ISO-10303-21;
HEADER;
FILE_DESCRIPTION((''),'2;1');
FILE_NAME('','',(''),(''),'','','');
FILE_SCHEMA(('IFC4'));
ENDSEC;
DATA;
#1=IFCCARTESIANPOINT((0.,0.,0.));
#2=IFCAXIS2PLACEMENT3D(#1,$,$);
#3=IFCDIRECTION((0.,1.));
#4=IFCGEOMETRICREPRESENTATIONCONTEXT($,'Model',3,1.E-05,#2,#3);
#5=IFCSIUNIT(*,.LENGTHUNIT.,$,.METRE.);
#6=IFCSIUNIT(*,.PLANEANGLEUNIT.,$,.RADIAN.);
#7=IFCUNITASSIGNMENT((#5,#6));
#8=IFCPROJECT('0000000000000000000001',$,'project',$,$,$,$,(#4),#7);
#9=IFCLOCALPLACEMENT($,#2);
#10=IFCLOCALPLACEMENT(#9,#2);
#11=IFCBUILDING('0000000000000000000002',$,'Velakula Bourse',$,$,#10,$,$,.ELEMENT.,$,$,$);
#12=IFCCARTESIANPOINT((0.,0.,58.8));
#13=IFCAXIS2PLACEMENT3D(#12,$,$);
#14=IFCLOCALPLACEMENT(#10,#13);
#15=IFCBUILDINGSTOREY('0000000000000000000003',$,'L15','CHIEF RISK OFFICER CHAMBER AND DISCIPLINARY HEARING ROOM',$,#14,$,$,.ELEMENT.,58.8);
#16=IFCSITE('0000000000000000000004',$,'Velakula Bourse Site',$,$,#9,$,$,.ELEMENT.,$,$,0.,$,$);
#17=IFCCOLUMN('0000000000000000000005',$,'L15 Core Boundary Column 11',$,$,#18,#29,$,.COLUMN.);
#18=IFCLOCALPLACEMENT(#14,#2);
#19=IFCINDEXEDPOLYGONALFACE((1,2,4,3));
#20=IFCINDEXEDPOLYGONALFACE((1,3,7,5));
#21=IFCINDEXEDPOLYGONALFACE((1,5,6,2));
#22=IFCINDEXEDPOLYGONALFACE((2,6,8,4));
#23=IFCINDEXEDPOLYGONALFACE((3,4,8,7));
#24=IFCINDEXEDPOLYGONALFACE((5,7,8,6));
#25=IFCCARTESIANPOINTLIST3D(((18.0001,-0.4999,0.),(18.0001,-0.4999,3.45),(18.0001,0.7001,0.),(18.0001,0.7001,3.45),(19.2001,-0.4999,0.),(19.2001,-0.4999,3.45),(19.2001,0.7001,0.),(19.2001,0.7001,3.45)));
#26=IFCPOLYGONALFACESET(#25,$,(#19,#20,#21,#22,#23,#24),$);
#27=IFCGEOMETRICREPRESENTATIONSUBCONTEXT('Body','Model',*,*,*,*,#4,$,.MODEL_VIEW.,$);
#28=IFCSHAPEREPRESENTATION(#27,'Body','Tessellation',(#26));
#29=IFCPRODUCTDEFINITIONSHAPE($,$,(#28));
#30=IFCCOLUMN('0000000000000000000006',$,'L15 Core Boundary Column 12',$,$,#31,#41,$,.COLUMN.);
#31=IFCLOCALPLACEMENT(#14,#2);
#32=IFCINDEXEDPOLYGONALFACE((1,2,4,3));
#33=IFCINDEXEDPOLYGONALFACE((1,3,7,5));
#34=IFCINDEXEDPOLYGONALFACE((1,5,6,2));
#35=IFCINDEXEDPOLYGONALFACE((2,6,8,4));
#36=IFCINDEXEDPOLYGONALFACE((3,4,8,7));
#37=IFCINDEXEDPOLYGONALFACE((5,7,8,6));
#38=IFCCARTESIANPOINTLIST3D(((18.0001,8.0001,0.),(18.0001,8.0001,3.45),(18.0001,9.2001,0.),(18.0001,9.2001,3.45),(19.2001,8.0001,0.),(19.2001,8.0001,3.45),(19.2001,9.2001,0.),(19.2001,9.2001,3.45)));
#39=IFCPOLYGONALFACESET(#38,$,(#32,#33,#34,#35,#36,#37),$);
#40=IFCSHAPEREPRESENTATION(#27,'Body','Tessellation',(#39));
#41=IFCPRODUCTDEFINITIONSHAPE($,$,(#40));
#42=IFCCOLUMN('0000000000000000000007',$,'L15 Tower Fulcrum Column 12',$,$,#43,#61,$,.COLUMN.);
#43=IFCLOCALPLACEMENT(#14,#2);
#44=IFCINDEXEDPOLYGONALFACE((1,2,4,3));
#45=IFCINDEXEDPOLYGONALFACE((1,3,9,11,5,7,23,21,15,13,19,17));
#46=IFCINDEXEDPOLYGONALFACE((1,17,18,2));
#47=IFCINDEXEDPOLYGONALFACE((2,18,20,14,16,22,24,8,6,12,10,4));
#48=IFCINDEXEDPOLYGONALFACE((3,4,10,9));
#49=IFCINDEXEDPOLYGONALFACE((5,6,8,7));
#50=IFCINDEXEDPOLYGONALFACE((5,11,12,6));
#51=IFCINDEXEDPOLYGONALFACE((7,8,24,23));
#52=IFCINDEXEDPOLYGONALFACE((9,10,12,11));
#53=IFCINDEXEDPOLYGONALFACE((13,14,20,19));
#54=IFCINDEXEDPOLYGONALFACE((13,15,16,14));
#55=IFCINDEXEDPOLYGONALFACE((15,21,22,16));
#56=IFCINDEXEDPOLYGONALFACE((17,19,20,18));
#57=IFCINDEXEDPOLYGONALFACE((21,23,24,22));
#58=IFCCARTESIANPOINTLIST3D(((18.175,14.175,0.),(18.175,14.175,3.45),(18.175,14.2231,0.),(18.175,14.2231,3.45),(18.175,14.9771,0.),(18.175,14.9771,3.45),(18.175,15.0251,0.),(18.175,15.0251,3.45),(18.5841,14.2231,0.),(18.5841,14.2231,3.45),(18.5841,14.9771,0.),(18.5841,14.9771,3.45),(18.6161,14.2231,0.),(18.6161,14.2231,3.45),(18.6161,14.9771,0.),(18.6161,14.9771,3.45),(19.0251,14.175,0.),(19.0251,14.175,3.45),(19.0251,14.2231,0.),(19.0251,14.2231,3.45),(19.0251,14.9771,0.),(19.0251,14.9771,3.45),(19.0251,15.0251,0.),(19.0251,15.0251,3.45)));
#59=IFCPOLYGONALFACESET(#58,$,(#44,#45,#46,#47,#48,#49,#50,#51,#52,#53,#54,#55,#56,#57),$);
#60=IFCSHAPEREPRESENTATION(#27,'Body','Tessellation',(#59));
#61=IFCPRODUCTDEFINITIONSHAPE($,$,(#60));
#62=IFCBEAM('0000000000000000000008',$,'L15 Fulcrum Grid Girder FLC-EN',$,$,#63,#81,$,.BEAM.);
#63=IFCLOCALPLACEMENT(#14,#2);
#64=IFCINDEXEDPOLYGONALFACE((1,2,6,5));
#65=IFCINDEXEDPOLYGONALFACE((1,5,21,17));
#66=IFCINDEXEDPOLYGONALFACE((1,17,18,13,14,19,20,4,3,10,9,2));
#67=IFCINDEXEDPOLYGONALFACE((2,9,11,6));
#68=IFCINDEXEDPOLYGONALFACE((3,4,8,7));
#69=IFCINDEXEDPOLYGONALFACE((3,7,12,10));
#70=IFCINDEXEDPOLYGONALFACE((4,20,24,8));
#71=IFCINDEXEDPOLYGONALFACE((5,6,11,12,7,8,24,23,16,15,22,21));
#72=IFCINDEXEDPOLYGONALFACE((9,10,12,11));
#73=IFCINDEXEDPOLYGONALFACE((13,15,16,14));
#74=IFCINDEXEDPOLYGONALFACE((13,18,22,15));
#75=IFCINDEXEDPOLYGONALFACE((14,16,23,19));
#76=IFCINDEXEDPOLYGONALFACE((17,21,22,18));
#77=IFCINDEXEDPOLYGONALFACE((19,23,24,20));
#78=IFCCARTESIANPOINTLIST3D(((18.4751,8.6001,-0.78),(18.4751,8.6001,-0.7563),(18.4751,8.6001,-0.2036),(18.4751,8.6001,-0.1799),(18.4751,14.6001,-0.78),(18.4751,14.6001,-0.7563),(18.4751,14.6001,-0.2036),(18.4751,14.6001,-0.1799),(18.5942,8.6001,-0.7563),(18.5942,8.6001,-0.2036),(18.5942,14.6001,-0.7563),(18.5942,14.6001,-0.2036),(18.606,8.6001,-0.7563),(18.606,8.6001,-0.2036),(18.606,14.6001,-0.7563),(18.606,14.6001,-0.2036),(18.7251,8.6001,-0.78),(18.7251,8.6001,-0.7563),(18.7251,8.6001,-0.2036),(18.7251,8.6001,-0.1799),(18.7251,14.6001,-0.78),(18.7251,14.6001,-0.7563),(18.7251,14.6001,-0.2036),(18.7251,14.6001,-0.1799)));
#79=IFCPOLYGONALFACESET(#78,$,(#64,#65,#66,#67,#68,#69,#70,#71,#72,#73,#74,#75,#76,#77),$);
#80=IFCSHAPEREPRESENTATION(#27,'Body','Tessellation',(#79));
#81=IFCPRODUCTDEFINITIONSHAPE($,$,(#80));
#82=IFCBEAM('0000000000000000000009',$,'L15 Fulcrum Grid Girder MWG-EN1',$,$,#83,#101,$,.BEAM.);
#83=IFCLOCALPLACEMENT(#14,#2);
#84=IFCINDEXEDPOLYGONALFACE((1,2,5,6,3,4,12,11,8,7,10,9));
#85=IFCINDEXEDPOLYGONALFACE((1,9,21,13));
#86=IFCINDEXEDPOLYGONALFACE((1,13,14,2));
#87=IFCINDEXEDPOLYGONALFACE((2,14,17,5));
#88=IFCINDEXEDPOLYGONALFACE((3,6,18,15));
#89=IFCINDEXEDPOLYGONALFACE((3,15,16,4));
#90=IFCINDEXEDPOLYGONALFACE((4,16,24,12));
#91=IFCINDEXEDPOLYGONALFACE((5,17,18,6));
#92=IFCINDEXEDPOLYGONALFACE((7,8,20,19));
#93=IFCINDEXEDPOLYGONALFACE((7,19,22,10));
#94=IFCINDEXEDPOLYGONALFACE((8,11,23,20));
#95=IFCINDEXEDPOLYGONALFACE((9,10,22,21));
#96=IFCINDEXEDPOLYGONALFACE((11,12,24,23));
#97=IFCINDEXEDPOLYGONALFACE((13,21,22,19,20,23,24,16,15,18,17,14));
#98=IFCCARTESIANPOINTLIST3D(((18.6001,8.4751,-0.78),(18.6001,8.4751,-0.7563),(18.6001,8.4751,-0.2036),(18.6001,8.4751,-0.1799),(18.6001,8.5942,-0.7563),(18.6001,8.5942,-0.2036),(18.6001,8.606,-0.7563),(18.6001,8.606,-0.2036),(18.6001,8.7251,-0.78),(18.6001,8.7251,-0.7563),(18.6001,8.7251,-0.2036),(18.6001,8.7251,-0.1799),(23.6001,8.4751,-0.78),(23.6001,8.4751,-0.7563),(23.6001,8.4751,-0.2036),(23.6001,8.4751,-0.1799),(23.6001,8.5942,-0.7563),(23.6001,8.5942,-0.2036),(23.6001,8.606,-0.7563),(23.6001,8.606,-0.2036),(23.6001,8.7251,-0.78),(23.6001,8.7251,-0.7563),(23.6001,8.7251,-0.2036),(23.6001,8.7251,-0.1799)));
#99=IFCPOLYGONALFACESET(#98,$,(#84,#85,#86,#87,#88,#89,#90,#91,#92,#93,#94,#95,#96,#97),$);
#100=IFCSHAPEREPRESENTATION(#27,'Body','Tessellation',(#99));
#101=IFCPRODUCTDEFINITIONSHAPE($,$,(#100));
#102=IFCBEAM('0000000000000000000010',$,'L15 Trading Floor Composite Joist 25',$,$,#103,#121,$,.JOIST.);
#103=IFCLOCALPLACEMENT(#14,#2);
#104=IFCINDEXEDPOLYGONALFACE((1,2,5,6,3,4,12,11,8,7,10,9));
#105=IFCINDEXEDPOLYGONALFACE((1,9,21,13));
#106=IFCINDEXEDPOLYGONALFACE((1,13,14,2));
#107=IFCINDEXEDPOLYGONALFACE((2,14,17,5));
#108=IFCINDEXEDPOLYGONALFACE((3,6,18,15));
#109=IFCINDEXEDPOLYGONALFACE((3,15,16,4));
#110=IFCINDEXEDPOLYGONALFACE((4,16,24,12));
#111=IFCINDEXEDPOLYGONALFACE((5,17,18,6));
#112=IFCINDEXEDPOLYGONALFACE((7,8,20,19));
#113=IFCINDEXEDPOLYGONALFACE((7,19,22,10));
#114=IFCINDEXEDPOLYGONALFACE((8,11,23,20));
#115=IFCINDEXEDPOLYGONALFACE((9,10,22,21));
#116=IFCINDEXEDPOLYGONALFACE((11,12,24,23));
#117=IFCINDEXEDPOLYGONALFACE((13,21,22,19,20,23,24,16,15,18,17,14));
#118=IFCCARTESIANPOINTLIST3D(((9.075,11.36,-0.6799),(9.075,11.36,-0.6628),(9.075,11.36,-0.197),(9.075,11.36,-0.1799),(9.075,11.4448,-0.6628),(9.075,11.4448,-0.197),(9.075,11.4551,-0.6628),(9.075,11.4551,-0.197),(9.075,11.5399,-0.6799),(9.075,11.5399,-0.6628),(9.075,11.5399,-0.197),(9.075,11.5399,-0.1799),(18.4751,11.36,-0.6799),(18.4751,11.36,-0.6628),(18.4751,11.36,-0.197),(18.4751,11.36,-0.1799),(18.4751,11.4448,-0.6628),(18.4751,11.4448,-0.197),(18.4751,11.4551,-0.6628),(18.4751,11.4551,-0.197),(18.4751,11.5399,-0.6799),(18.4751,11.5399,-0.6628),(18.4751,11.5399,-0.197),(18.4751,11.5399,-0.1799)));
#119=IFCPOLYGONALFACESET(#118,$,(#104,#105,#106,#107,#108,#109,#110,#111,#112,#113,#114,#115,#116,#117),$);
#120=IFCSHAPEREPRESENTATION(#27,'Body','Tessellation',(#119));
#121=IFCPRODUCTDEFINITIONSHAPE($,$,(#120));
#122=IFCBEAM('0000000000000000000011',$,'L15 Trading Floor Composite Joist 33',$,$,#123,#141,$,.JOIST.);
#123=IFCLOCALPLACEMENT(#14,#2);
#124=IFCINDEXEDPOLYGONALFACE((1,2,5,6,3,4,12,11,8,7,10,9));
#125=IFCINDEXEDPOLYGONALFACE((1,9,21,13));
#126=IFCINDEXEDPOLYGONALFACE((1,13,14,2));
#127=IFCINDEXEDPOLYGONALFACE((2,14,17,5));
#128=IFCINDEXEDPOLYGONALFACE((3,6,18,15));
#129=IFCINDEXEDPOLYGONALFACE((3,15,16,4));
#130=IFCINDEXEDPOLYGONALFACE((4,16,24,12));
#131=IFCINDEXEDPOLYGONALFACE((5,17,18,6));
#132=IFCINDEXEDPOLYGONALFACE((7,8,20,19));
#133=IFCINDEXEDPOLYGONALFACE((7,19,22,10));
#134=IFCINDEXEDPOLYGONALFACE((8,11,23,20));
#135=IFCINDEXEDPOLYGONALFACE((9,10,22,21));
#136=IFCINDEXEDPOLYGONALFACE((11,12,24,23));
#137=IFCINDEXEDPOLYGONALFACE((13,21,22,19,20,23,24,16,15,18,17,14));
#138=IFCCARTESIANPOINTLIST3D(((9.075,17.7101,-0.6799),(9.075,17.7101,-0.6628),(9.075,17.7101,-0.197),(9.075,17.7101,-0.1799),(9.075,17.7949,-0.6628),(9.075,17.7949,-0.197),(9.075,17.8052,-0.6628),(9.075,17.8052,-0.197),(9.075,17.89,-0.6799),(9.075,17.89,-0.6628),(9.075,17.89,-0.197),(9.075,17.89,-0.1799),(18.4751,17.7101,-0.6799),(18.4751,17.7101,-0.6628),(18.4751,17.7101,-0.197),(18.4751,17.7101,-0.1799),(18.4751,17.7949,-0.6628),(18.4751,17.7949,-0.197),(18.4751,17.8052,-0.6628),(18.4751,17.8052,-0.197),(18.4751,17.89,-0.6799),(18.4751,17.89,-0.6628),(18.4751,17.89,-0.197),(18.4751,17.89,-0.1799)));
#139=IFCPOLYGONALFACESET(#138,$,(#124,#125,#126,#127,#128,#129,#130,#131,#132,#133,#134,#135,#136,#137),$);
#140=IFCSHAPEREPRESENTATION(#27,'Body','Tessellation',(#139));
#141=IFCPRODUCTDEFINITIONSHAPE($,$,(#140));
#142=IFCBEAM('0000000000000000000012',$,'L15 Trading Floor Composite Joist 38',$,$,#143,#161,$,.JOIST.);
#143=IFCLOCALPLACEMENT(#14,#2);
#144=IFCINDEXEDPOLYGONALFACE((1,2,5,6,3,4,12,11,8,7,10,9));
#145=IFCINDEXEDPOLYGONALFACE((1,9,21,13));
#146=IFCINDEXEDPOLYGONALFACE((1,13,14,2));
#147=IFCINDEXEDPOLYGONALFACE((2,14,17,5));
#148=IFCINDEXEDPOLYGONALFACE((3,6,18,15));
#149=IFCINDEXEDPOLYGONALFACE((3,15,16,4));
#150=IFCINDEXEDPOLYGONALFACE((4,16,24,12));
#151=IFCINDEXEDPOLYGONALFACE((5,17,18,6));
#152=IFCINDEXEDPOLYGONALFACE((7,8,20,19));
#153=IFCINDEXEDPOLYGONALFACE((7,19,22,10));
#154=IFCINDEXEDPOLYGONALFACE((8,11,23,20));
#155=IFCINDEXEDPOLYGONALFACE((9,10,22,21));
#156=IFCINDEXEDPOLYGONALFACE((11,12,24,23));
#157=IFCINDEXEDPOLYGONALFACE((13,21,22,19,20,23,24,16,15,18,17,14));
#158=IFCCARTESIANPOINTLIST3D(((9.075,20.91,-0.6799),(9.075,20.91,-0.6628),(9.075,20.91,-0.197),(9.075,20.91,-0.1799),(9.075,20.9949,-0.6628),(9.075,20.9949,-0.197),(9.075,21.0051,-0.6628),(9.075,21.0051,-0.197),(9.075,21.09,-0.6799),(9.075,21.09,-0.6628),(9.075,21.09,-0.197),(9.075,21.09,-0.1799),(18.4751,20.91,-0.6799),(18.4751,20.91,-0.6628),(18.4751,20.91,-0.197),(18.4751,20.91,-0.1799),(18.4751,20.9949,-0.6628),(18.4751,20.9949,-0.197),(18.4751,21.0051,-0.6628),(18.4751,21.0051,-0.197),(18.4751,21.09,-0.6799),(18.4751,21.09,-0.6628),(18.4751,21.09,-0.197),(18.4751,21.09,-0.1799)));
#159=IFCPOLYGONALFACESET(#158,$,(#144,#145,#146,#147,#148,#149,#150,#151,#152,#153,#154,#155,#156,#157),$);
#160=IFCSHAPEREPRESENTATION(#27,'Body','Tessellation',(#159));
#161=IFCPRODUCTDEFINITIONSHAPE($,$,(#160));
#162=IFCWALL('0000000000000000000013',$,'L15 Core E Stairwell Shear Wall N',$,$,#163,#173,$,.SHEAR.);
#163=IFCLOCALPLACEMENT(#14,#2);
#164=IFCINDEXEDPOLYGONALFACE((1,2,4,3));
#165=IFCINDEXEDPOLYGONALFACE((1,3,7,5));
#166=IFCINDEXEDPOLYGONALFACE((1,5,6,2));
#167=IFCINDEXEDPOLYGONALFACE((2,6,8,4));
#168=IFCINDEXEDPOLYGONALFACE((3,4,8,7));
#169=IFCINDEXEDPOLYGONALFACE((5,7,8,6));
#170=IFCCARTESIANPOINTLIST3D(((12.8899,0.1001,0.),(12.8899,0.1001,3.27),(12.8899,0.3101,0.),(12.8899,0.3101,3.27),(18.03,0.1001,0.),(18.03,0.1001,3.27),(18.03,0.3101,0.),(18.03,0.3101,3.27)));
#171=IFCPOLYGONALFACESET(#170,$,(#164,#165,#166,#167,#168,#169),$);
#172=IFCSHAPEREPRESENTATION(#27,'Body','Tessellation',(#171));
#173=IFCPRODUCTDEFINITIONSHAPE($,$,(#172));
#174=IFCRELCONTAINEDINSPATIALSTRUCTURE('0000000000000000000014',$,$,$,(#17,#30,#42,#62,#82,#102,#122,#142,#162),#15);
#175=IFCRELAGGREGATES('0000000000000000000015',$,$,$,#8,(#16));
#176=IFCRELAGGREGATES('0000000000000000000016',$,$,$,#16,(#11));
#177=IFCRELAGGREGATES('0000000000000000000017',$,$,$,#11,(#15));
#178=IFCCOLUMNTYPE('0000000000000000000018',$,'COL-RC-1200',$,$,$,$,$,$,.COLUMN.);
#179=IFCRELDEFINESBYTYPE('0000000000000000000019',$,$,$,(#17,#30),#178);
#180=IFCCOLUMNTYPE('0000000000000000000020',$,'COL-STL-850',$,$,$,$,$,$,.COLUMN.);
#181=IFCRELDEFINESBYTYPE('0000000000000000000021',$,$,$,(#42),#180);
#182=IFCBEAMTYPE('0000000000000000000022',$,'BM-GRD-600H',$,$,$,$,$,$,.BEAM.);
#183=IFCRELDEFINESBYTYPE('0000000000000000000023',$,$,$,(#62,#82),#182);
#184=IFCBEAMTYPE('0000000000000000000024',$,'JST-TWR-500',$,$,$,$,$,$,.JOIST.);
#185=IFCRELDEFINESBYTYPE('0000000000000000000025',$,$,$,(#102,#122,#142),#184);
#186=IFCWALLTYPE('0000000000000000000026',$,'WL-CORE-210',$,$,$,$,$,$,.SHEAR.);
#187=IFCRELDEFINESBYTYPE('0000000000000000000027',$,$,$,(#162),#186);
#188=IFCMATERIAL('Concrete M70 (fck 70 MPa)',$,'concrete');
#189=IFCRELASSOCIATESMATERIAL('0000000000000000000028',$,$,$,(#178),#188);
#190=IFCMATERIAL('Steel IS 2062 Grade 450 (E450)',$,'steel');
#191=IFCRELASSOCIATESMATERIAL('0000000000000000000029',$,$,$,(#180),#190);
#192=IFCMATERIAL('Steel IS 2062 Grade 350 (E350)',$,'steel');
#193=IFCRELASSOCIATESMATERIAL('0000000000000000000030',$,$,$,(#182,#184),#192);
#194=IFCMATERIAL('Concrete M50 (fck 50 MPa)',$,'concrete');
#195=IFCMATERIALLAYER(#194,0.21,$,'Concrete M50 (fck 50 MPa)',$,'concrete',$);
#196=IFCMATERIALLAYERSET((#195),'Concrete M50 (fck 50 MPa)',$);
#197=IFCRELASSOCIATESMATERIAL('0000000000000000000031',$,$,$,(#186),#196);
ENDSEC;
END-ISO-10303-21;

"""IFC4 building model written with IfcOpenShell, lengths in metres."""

from ifc_helpers import new_model, si_unit, direction, frame, frame_2d, origin, origin_2d, place, context, subcontext, project, spatial, rectangle, i_section, extrude, material, layer, layer_set, material_profile, profile_set, type_object, element, save


model = new_model("IFC4")

# Units and contexts
model_context = context("Model", 3, precision=1e-05, world=origin(), true_north=direction((0.0, 1.0)))
body_context = subcontext(model_context, "Body", "Model", "MODEL_VIEW")
ifc_project = project(units=[si_unit("LENGTHUNIT", "METRE"), si_unit("PLANEANGLEUNIT", "RADIAN")], contexts=[model_context])

# Site, building, storey
site_placement = place(None, origin())
site = spatial("IfcSite", under=ifc_project, at=site_placement, Name="Velakula Bourse Site", CompositionType="ELEMENT", RefElevation=0.0)
building_placement = place(site_placement, origin())
building = spatial("IfcBuilding", under=site, at=building_placement, Name="Velakula Bourse", CompositionType="ELEMENT")
storey_placement = place(building_placement, frame((0.0, 0.0, 58.8)))
storey = spatial("IfcBuildingStorey", under=building, at=storey_placement, Name="L15", Description="CHIEF RISK OFFICER CHAMBER AND DISCIPLINARY HEARING ROOM", CompositionType="ELEMENT", Elevation=58.8)

# Columns
ifc_material_1 = material(Name="Concrete M70 (fck 70 MPa)", Category="concrete")
ifc_material_profile_1 = material_profile(ifc_material_1, rectangle(XDim=1.2, YDim=1.2, at=origin_2d()), Name="Concrete M70 (fck 70 MPa)")
ifc_profile_set_1 = profile_set([ifc_material_profile_1], Name="Concrete M70 (fck 70 MPa)")
column_type_1 = type_object("IfcColumnType", Name="COL-RC-1200", PredefinedType="COLUMN", material=ifc_profile_set_1)
for number, where, z_axis, x_axis, name in (
    (1, (18.6001, 0.1001, 0.0), (0.0, 0.0, 1.0), (1.0, 0.0, 0.0), "L15 Core Boundary Column 11"),
    (2, (18.6001, 8.6001, 0.0), (0.0, 0.0, 1.0), (1.0, 0.0, 0.0), "L15 Core Boundary Column 12"),
):
    element("IfcColumn", number, at=place(storey_placement, frame(where, z_axis=z_axis, x_axis=x_axis)), inside=storey, type_object=column_type_1, Name=name, PredefinedType="COLUMN", context=body_context, shape_type="SweptSolid", body=[
        extrude(rectangle(XDim=1.2, YDim=1.2, at=origin_2d()), origin(), (0.0, 0.0, 1.0), 3.45),
    ])
ifc_material_2 = material(Name="Steel IS 2062 Grade 450 (E450)", Category="steel")
ifc_material_profile_2 = material_profile(ifc_material_2, i_section(OverallWidth=0.8501, OverallDepth=0.8501, WebThickness=0.032, FlangeThickness=0.0481, at=origin_2d()), Name="Steel IS 2062 Grade 450 (E450)")
ifc_profile_set_2 = profile_set([ifc_material_profile_2], Name="Steel IS 2062 Grade 450 (E450)")
column_type_2 = type_object("IfcColumnType", Name="COL-STL-850", PredefinedType="COLUMN", material=ifc_profile_set_2)
column_placement = place(storey_placement, frame((18.6001, 14.6001, 0.0), z_axis=(0.0, 0.0, 1.0), x_axis=(1.0, 0.0, 0.0)))
element("IfcColumn", 3, at=column_placement, inside=storey, type_object=column_type_2, Name="L15 Tower Fulcrum Column 12", PredefinedType="COLUMN", context=body_context, shape_type="SweptSolid", body=[
    extrude(i_section(OverallWidth=0.8501, OverallDepth=0.8501, WebThickness=0.032, FlangeThickness=0.0481, at=origin_2d()), origin(), (0.0, 0.0, 1.0), 3.45),
])

# Beams
ifc_material_3 = material(Name="Steel IS 2062 Grade 350 (E350)", Category="steel")
ifc_material_profile_3 = material_profile(ifc_material_3, i_section(OverallWidth=0.25, OverallDepth=0.6001, WebThickness=0.0117, FlangeThickness=0.0237, at=origin_2d()), Name="Steel IS 2062 Grade 350 (E350)")
ifc_profile_set_3 = profile_set([ifc_material_profile_3], Name="Steel IS 2062 Grade 350 (E350)")
beam_type_1 = type_object("IfcBeamType", Name="BM-GRD-600H", PredefinedType="BEAM", material=ifc_profile_set_3)
beam_1_placement = place(storey_placement, frame((18.6001, 8.6001, -0.48), z_axis=(0.0, 1.0, 0.0), x_axis=(-1.0, 0.0, 0.0)))
element("IfcBeam", 4, at=beam_1_placement, inside=storey, type_object=beam_type_1, Name="L15 Fulcrum Grid Girder FLC-EN", PredefinedType="BEAM", context=body_context, shape_type="SweptSolid", body=[
    extrude(i_section(OverallWidth=0.25, OverallDepth=0.6001, WebThickness=0.0117, FlangeThickness=0.0237, at=origin_2d()), origin(), (0.0, 0.0, 1.0), 6.0),
])
beam_2_placement = place(storey_placement, frame((18.6001, 8.6001, -0.48), z_axis=(1.0, 0.0, 0.0), x_axis=(0.0, 1.0, 0.0)))
element("IfcBeam", 5, at=beam_2_placement, inside=storey, type_object=beam_type_1, Name="L15 Fulcrum Grid Girder MWG-EN1", PredefinedType="BEAM", context=body_context, shape_type="SweptSolid", body=[
    extrude(i_section(OverallWidth=0.25, OverallDepth=0.6001, WebThickness=0.0117, FlangeThickness=0.0237, at=origin_2d()), origin(), (0.0, 0.0, 1.0), 5.0),
])
ifc_material_profile_4 = material_profile(ifc_material_3, i_section(OverallWidth=0.1799, OverallDepth=0.5, WebThickness=0.0103, FlangeThickness=0.0171, at=origin_2d()), Name="Steel IS 2062 Grade 350 (E350)")
ifc_profile_set_4 = profile_set([ifc_material_profile_4], Name="Steel IS 2062 Grade 350 (E350)")
beam_type_2 = type_object("IfcBeamType", Name="JST-TWR-500", PredefinedType="JOIST", material=ifc_profile_set_4)
for number, where, z_axis, x_axis, name in (
    (6, (9.075, 11.45, -0.4299), (1.0, 0.0, 0.0), (0.0, 1.0, 0.0), "L15 Trading Floor Composite Joist 25"),
    (7, (9.075, 17.8, -0.4299), (1.0, 0.0, 0.0), (0.0, 1.0, 0.0), "L15 Trading Floor Composite Joist 33"),
    (8, (9.075, 21.0, -0.4299), (1.0, 0.0, 0.0), (0.0, 1.0, 0.0), "L15 Trading Floor Composite Joist 38"),
):
    element("IfcBeam", number, at=place(storey_placement, frame(where, z_axis=z_axis, x_axis=x_axis)), inside=storey, type_object=beam_type_2, Name=name, PredefinedType="JOIST", context=body_context, shape_type="SweptSolid", body=[
        extrude(i_section(OverallWidth=0.1799, OverallDepth=0.5, WebThickness=0.0103, FlangeThickness=0.0171, at=origin_2d()), origin(), (0.0, 0.0, 1.0), 9.4001),
    ])

# Wall
ifc_material_4 = material(Name="Concrete M50 (fck 50 MPa)", Category="concrete")
ifc_layer_1 = layer(ifc_material_4, 0.21, Name="Concrete M50 (fck 50 MPa)", Category="concrete")
ifc_layer_set_1 = layer_set([ifc_layer_1], Name="Concrete M50 (fck 50 MPa)")
wall_type_1 = type_object("IfcWallType", Name="WL-CORE-210", PredefinedType="SHEAR", material=ifc_layer_set_1)
wall_1_placement = place(storey_placement, frame((18.03, 0.2051, 0.0), z_axis=(0.0, 0.0, 1.0), x_axis=(-1.0, 0.0, 0.0)))
element("IfcWall", 9, at=wall_1_placement, inside=storey, type_object=wall_type_1, Name="L15 Core E Stairwell Shear Wall N", PredefinedType="SHEAR", context=body_context, shape_type="SweptSolid", body=[
    extrude(rectangle(XDim=5.1401, YDim=0.21, at=frame_2d((2.5701, 0.0))), origin(), (0.0, 0.0, 1.0), 3.27),
])

save(model, "model.ifc")
